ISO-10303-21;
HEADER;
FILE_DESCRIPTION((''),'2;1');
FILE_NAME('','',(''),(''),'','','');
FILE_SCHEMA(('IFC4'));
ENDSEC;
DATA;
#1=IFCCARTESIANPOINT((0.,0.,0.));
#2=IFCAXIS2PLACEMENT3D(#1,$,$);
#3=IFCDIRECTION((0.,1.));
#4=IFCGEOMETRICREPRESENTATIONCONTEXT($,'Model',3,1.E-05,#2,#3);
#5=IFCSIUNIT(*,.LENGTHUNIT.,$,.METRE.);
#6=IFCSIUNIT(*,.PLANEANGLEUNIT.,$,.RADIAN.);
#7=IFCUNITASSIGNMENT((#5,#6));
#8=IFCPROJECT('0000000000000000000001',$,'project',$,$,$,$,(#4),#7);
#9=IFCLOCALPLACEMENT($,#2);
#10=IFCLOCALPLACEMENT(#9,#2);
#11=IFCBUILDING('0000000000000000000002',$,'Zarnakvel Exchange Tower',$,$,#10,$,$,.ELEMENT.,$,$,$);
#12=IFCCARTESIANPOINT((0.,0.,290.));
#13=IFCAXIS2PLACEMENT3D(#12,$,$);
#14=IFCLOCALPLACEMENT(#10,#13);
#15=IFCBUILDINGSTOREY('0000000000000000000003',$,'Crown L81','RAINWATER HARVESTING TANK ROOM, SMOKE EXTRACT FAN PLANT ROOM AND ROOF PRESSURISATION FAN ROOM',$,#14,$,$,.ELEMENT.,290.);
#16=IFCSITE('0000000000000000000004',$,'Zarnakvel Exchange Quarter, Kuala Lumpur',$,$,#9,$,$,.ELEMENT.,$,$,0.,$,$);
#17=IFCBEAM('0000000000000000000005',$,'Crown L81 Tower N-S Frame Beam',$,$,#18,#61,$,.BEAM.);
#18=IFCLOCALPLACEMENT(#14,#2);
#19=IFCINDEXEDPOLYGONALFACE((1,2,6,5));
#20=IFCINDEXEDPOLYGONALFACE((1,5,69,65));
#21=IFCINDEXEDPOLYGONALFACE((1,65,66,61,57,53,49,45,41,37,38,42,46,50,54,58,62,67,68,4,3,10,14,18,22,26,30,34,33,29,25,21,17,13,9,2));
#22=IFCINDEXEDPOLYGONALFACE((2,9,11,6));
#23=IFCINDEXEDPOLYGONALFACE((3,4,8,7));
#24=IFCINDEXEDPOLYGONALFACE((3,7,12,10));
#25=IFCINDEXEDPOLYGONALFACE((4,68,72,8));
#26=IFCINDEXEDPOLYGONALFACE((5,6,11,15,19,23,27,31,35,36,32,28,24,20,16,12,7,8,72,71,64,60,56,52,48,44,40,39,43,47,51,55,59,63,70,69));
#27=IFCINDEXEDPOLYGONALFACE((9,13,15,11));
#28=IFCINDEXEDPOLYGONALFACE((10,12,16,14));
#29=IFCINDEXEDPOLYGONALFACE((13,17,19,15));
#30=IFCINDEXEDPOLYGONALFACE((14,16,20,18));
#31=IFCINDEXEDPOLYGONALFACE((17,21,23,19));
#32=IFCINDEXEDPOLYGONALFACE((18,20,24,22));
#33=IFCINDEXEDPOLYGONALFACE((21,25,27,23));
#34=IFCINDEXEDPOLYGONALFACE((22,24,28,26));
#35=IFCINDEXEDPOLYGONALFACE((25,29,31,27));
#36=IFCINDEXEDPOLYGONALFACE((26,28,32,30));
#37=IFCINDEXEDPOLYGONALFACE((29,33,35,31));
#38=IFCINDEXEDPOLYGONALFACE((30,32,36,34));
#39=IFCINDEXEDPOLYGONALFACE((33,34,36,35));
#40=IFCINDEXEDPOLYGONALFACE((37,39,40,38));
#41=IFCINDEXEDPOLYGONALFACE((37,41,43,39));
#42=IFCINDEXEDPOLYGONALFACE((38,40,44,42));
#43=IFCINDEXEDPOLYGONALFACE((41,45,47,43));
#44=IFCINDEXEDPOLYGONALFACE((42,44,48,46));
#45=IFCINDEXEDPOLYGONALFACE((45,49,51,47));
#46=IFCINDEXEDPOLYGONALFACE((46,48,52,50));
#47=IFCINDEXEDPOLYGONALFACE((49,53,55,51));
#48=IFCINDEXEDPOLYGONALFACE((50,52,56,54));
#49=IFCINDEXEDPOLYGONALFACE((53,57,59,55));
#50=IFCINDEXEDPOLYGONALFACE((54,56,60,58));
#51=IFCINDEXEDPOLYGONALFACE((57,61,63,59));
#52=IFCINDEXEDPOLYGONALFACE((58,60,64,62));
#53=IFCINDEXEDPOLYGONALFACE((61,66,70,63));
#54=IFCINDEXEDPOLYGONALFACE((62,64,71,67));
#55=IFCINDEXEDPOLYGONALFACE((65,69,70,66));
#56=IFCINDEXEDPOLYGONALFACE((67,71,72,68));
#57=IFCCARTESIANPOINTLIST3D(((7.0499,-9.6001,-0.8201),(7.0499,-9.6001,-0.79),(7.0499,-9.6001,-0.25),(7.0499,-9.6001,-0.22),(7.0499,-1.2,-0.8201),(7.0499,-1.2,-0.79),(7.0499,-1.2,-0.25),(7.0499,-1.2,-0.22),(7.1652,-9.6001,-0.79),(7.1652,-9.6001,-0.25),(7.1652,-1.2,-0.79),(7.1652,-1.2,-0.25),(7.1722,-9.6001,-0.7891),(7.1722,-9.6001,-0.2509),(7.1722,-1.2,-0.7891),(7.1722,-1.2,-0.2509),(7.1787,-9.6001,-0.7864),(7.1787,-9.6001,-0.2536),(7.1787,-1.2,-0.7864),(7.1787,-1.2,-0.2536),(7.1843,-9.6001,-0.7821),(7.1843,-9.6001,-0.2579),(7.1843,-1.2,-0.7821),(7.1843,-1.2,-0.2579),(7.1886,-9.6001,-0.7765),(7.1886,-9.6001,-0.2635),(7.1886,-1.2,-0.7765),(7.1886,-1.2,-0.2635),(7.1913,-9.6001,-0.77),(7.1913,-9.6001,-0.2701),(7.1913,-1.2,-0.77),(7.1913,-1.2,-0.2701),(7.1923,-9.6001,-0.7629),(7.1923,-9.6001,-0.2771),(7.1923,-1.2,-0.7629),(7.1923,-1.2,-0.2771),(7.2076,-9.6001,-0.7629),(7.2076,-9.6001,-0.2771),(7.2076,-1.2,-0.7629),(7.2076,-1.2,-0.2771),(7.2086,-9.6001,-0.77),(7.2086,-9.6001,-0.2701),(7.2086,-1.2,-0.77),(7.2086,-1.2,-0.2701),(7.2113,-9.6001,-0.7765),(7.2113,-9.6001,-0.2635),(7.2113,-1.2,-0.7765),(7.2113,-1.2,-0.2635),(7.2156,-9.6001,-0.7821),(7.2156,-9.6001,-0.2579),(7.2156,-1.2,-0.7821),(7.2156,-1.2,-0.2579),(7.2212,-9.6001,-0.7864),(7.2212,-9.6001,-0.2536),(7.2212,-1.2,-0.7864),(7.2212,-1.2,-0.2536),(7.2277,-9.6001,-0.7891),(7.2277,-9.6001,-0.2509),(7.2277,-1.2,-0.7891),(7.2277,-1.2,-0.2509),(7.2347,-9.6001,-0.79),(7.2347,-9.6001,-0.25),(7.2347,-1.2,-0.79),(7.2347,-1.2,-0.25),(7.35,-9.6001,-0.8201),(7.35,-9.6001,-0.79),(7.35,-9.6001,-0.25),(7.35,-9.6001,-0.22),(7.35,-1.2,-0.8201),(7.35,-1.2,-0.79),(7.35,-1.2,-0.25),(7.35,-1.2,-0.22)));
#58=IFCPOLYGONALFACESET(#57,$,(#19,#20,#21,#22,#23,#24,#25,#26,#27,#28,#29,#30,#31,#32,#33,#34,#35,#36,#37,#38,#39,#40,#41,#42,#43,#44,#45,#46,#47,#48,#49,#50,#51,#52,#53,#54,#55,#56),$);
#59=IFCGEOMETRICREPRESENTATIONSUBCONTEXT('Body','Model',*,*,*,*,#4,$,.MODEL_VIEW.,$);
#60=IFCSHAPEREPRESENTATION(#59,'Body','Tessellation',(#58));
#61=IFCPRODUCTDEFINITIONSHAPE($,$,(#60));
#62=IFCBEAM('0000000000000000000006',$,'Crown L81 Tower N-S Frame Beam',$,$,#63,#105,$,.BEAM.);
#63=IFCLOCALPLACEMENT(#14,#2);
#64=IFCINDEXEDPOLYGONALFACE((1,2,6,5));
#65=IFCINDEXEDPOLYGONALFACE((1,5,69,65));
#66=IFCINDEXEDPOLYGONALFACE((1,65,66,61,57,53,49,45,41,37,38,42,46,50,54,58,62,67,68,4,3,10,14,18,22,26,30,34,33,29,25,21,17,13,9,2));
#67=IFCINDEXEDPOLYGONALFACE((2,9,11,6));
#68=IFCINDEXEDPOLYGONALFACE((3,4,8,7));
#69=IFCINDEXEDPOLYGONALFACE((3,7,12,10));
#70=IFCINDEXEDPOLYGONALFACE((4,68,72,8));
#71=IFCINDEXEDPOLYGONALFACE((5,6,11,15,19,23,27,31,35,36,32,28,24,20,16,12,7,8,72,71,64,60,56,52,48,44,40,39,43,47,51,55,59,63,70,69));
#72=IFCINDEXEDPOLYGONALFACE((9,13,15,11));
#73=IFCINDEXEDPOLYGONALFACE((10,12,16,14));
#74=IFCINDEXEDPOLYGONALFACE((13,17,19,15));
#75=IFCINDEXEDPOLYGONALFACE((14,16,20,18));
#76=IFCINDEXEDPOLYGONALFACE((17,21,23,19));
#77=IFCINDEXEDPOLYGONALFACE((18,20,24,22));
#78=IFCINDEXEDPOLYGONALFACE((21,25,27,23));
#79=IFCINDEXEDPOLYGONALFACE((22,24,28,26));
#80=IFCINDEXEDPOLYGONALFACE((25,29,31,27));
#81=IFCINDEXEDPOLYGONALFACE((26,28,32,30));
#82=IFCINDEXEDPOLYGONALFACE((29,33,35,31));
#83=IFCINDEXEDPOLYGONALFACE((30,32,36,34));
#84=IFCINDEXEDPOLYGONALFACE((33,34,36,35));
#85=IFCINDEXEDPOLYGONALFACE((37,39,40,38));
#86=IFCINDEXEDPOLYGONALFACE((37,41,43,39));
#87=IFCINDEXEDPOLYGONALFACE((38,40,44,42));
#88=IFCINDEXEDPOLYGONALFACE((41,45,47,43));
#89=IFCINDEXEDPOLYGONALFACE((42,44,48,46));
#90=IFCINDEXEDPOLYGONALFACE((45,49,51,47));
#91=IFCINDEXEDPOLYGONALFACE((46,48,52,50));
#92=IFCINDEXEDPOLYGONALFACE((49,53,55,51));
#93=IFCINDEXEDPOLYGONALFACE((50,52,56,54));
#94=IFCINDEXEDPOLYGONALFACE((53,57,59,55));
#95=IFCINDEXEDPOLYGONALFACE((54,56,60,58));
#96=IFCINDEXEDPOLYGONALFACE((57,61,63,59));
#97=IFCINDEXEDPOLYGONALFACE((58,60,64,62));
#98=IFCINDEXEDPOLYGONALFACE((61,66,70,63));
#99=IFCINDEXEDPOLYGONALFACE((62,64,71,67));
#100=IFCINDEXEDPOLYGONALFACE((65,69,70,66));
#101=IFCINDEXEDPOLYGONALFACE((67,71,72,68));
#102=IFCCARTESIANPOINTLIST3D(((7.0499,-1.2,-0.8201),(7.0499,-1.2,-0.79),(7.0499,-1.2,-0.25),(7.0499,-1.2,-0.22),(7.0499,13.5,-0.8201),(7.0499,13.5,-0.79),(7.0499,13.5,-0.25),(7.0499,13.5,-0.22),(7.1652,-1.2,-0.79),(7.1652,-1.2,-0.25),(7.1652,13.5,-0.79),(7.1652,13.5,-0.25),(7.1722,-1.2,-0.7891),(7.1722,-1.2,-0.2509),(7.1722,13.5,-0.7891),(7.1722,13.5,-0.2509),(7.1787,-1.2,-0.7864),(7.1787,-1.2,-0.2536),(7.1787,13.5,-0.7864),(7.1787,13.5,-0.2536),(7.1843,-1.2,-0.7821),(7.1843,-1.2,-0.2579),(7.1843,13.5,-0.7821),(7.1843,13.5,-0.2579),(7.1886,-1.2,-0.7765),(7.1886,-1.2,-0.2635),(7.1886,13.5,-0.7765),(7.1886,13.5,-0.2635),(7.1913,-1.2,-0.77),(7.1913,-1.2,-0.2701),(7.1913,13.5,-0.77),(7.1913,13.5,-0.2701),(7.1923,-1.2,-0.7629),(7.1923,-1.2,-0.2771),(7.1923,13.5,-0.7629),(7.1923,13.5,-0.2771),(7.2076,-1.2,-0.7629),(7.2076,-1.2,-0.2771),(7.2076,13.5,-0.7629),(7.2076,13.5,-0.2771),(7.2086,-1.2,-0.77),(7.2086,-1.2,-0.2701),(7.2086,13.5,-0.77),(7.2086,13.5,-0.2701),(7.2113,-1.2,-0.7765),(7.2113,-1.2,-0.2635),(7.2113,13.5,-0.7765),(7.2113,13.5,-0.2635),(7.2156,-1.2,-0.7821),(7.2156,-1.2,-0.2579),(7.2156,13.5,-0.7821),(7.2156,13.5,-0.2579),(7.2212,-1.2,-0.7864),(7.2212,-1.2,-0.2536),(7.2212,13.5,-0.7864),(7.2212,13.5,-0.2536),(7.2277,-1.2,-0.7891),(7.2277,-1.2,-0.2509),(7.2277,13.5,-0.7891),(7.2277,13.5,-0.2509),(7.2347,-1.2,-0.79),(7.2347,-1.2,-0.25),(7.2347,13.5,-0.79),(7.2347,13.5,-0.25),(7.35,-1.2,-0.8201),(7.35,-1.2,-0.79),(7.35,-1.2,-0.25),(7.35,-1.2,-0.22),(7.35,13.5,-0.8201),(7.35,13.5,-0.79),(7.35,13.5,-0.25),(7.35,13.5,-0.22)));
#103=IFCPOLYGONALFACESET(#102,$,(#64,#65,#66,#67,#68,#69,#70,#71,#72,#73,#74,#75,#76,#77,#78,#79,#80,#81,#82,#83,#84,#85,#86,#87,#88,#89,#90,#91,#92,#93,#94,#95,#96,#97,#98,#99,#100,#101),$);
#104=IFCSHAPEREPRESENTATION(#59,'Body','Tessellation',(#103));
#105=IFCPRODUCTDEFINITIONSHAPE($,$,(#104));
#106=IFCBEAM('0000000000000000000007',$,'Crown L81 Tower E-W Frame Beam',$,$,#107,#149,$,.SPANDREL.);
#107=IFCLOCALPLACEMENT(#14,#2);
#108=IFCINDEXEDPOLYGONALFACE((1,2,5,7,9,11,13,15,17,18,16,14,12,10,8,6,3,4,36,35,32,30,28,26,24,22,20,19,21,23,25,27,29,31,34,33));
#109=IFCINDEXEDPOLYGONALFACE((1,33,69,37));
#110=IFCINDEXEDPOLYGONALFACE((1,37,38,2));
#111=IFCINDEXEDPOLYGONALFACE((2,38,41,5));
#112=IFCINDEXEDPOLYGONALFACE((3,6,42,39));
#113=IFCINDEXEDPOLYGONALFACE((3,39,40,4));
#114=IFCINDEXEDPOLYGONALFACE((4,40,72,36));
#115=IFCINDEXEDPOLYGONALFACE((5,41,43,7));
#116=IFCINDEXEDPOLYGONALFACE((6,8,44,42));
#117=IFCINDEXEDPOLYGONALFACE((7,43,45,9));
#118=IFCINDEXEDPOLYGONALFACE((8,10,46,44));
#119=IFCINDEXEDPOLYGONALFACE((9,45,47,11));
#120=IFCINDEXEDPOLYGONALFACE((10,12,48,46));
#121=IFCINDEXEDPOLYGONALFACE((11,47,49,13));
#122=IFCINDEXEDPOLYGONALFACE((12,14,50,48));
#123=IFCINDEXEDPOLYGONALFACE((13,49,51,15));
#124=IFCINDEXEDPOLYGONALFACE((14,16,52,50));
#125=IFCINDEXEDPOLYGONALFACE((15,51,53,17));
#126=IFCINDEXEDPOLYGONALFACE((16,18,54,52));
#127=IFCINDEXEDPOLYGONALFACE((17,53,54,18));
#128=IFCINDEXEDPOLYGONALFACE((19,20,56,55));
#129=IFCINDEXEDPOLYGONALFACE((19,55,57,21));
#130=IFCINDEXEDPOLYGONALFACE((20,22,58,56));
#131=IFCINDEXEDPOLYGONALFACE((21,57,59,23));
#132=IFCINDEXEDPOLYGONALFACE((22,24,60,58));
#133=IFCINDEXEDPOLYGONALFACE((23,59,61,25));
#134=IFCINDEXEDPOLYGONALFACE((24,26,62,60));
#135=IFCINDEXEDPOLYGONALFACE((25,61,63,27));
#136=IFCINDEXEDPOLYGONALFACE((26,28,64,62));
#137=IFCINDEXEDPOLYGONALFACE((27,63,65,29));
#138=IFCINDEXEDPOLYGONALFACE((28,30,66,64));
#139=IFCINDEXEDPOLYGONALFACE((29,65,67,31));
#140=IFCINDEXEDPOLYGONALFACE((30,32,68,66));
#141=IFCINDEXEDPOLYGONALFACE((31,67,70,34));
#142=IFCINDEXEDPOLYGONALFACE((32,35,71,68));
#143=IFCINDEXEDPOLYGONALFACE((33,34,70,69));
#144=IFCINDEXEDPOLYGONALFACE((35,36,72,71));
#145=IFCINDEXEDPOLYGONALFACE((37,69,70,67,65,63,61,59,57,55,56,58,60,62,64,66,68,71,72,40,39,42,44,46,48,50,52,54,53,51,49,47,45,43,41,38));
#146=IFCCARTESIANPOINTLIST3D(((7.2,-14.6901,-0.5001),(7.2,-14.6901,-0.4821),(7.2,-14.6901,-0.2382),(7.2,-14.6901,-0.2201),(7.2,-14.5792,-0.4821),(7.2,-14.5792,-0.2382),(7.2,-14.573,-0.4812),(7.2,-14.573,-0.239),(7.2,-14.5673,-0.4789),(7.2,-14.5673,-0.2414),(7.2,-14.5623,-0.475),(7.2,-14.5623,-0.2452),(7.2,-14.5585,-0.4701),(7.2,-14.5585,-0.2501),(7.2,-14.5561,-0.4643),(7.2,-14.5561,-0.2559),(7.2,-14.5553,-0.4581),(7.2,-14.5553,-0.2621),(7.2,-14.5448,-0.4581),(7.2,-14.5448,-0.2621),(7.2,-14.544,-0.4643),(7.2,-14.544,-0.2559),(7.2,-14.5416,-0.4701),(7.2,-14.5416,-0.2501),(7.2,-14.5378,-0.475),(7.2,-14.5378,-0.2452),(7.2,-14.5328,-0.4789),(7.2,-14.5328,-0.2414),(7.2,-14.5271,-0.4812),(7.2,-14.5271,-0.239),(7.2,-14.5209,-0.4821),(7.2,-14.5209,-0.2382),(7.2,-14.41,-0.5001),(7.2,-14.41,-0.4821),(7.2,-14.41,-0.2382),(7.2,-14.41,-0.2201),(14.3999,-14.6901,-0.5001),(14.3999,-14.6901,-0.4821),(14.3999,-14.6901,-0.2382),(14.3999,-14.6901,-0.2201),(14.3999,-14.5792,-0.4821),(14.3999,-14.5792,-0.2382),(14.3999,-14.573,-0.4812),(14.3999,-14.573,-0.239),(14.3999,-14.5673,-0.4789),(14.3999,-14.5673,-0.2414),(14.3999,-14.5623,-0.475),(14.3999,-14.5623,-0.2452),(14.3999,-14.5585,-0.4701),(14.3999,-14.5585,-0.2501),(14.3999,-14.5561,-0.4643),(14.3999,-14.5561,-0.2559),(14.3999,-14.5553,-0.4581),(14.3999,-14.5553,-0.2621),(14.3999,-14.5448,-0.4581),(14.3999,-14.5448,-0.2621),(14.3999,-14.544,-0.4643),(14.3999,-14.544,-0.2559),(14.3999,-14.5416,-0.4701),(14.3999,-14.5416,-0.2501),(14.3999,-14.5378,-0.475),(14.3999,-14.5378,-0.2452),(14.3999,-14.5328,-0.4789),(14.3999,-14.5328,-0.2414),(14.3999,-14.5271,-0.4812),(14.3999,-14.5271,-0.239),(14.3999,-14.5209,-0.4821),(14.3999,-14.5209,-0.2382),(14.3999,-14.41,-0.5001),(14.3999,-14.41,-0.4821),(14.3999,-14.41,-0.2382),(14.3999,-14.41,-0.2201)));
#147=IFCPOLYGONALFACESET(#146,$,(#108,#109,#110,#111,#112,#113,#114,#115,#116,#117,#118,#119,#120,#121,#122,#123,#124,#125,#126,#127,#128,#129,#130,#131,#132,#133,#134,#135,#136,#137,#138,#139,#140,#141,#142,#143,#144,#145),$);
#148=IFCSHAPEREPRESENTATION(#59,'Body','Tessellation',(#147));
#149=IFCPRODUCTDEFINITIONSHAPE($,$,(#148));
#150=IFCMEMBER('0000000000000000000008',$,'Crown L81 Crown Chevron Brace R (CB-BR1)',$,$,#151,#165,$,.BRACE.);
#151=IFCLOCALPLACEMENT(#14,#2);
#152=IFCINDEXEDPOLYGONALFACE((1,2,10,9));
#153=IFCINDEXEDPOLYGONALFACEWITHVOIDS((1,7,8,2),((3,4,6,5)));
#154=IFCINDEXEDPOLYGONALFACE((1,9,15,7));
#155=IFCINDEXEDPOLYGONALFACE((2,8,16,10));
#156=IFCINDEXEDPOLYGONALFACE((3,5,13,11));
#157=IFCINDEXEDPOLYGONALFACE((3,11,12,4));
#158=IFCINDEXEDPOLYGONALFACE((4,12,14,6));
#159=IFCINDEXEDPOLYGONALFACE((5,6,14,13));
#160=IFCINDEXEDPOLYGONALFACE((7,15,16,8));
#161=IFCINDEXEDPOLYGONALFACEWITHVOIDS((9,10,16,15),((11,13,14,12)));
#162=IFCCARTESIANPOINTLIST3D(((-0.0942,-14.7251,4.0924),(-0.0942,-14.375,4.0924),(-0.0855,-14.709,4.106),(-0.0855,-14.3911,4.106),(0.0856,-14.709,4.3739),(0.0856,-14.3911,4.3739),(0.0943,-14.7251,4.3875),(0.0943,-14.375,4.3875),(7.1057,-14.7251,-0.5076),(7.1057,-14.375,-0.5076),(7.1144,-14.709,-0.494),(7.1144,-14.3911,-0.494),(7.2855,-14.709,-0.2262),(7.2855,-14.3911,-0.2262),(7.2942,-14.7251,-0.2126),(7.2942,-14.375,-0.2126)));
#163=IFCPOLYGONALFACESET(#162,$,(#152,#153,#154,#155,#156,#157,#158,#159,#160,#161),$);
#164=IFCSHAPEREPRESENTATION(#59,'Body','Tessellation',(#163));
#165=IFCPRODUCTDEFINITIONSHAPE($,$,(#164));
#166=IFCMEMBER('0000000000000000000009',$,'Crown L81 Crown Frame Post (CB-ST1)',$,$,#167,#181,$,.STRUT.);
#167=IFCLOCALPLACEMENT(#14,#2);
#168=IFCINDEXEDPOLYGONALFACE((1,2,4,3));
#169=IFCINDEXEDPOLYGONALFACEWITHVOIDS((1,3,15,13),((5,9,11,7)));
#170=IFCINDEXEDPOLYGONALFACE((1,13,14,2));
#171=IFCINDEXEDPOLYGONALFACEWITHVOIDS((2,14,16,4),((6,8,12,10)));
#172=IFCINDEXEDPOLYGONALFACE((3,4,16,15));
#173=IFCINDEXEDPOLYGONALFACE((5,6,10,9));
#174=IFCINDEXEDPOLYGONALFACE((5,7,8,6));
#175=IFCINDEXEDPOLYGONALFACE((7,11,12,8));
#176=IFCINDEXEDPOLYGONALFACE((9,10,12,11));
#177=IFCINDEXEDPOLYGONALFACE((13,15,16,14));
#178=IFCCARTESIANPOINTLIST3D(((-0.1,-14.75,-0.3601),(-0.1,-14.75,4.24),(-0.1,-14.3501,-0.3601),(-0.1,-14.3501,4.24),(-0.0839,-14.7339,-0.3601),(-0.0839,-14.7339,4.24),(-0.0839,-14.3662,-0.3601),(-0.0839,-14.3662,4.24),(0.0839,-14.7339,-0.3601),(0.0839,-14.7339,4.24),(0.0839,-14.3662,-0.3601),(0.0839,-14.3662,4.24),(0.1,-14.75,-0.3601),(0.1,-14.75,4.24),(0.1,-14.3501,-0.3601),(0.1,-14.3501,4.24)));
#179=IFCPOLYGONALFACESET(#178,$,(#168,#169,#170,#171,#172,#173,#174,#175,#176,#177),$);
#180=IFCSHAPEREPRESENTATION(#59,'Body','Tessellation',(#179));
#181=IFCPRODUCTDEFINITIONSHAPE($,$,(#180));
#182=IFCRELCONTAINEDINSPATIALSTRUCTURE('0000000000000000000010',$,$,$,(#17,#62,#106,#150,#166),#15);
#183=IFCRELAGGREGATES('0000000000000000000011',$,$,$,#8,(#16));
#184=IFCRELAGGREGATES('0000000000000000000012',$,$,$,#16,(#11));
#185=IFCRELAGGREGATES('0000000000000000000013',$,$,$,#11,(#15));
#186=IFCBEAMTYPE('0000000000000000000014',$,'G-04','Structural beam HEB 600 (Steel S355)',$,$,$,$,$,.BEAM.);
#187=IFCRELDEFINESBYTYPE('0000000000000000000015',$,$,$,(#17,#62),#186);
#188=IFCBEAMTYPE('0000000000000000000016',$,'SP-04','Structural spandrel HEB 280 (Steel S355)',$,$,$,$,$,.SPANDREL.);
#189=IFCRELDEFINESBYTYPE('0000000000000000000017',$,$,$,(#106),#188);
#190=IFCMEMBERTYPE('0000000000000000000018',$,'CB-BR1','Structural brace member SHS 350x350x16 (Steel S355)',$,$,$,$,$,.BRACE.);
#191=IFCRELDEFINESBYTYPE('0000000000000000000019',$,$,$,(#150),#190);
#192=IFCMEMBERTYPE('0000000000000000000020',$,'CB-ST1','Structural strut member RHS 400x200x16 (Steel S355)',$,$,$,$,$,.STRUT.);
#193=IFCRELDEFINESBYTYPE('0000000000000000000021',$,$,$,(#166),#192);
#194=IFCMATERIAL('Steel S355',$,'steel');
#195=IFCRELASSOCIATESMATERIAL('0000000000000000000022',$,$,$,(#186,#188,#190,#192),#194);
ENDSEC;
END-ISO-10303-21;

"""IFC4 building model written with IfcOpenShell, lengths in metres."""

from ifc_helpers import new_model, si_unit, direction, frame, origin, origin_2d, place, context, subcontext, project, spatial, hollow_rectangle, i_section, extrude, source, transform, mapped, material, material_profile, profile_set, type_object, element, save


model = new_model("IFC4")

# Units and contexts
model_context = context("Model", 3, precision=1e-05, world=origin(), true_north=direction((0.0, 1.0)))
body_context = subcontext(model_context, "Body", "Model", "MODEL_VIEW")
ifc_project = project(units=[si_unit("LENGTHUNIT", "METRE"), si_unit("PLANEANGLEUNIT", "RADIAN")], contexts=[model_context])

# Site, building, storey
site_placement = place(None, origin())
site = spatial("IfcSite", under=ifc_project, at=site_placement, Name="Zarnakvel Exchange Quarter, Kuala Lumpur", CompositionType="ELEMENT", RefElevation=0.0)
building_placement = place(site_placement, origin())
building = spatial("IfcBuilding", under=site, at=building_placement, Name="Zarnakvel Exchange Tower", CompositionType="ELEMENT")
storey_placement = place(building_placement, frame((0.0, 0.0, 290.0)))
storey = spatial("IfcBuildingStorey", under=building, at=storey_placement, Name="Crown L81", Description="RAINWATER HARVESTING TANK ROOM, SMOKE EXTRACT FAN PLANT ROOM AND ROOF PRESSURISATION FAN ROOM", CompositionType="ELEMENT", Elevation=290.0)

# Shared definitions
ifc_material_1 = material(Name="Steel S355", Category="steel")

# Beams
ifc_material_profile_1 = material_profile(ifc_material_1, i_section(OverallWidth=0.3, OverallDepth=0.6001, WebThickness=0.0154, FlangeThickness=0.03, FilletRadius=0.0271, at=origin_2d()))
ifc_profile_set_1 = profile_set([ifc_material_profile_1], Name="Steel S355")
beam_type_1 = type_object("IfcBeamType", Name="G-04", Description="Structural beam HEB 600 (Steel S355)", PredefinedType="BEAM", material=ifc_profile_set_1)
beam_1_placement = place(storey_placement, frame((7.2, -9.6001, -0.52), z_axis=(0.0, 1.0, 0.0), x_axis=(-1.0, 0.0, 0.0)))
element("IfcBeam", 1, at=beam_1_placement, inside=storey, type_object=beam_type_1, Name="Crown L81 Tower N-S Frame Beam", PredefinedType="BEAM", context=body_context, shape_type="SweptSolid", body=[
    extrude(i_section(OverallWidth=0.3, OverallDepth=0.6001, WebThickness=0.0154, FlangeThickness=0.03, FilletRadius=0.0271, at=origin_2d()), origin(), (0.0, 0.0, 1.0), 8.4001),
])
beam_2_placement = place(storey_placement, frame((7.2, -1.2, -0.52), z_axis=(0.0, 1.0, 0.0), x_axis=(-1.0, 0.0, 0.0)))
element("IfcBeam", 2, at=beam_2_placement, inside=storey, type_object=beam_type_1, Name="Crown L81 Tower N-S Frame Beam", PredefinedType="BEAM", context=body_context, shape_type="SweptSolid", body=[
    extrude(i_section(OverallWidth=0.3, OverallDepth=0.6001, WebThickness=0.0154, FlangeThickness=0.03, FilletRadius=0.0271, at=origin_2d()), origin(), (0.0, 0.0, 1.0), 14.7),
])
ifc_material_profile_2 = material_profile(ifc_material_1, i_section(OverallWidth=0.28, OverallDepth=0.28, WebThickness=0.0105, FlangeThickness=0.0181, FilletRadius=0.0239, at=origin_2d()))
ifc_profile_set_2 = profile_set([ifc_material_profile_2], Name="Steel S355")
beam_type_2 = type_object("IfcBeamType", Name="SP-04", Description="Structural spandrel HEB 280 (Steel S355)", PredefinedType="SPANDREL", material=ifc_profile_set_2)
beam_3_placement = place(storey_placement, frame((7.2, -14.55, -0.3601), z_axis=(1.0, 0.0, 0.0), x_axis=(0.0, 1.0, 0.0)))
element("IfcBeam", 3, at=beam_3_placement, inside=storey, type_object=beam_type_2, Name="Crown L81 Tower E-W Frame Beam", PredefinedType="SPANDREL", context=body_context, shape_type="SweptSolid", body=[
    extrude(i_section(OverallWidth=0.28, OverallDepth=0.28, WebThickness=0.0105, FlangeThickness=0.0181, FilletRadius=0.0239, at=origin_2d()), origin(), (0.0, 0.0, 1.0), 7.2),
])

# Members
ifc_material_profile_3 = material_profile(ifc_material_1, hollow_rectangle(XDim=0.3501, YDim=0.3501, WallThickness=0.0161, at=origin_2d()))
ifc_profile_set_3 = profile_set([ifc_material_profile_3], Name="Steel S355")
member_type_1 = type_object("IfcMemberType", Name="CB-BR1", Description="Structural brace member SHS 350x350x16 (Steel S355)", PredefinedType="BRACE", material=ifc_profile_set_3)
shared_shape_1 = source(origin(), body_context, "Body", "SweptSolid", [
    extrude(hollow_rectangle(XDim=0.3501, YDim=0.3501, WallThickness=0.0161, at=origin_2d()), origin(), (0.0, 0.0, 1.0), 8.5439),
])
member_1_placement = place(storey_placement, frame((7.2, -14.55, -0.3601), z_axis=(-0.842689, 0.0, 0.5384), x_axis=(0.0, -1.0, 0.0)))
element("IfcMember", 4, at=member_1_placement, inside=storey, type_object=member_type_1, Name="Crown L81 Crown Chevron Brace R (CB-BR1)", PredefinedType="BRACE", context=body_context, shape_type="MappedRepresentation", body=[
    mapped(shared_shape_1, transform((0.0, 0.0, 0.0), x_axis=(1.0, 0.0, 0.0), y_axis=(0.0, 1.0, 0.0), z_axis=(0.0, 0.0, 1.0), scale=1.0)),
])
ifc_material_profile_4 = material_profile(ifc_material_1, hollow_rectangle(XDim=0.2, YDim=0.3999, WallThickness=0.0161, at=origin_2d()))
ifc_profile_set_4 = profile_set([ifc_material_profile_4], Name="Steel S355")
member_type_2 = type_object("IfcMemberType", Name="CB-ST1", Description="Structural strut member RHS 400x200x16 (Steel S355)", PredefinedType="STRUT", material=ifc_profile_set_4)
shared_shape_2 = source(origin(), body_context, "Body", "SweptSolid", [
    extrude(hollow_rectangle(XDim=0.2, YDim=0.3999, WallThickness=0.0161, at=origin_2d()), origin(), (0.0, 0.0, 1.0), 4.6001),
])
member_2_placement = place(storey_placement, frame((0.0, -14.55, -0.3601), z_axis=(0.0, 0.0, 1.0), x_axis=(1.0, 0.0, 0.0)))
element("IfcMember", 5, at=member_2_placement, inside=storey, type_object=member_type_2, Name="Crown L81 Crown Frame Post (CB-ST1)", PredefinedType="STRUT", context=body_context, shape_type="MappedRepresentation", body=[
    mapped(shared_shape_2, transform((0.0, 0.0, 0.0), x_axis=(1.0, 0.0, 0.0), y_axis=(0.0, 1.0, 0.0), z_axis=(0.0, 0.0, 1.0), scale=1.0)),
])

save(model, "model.ifc")
